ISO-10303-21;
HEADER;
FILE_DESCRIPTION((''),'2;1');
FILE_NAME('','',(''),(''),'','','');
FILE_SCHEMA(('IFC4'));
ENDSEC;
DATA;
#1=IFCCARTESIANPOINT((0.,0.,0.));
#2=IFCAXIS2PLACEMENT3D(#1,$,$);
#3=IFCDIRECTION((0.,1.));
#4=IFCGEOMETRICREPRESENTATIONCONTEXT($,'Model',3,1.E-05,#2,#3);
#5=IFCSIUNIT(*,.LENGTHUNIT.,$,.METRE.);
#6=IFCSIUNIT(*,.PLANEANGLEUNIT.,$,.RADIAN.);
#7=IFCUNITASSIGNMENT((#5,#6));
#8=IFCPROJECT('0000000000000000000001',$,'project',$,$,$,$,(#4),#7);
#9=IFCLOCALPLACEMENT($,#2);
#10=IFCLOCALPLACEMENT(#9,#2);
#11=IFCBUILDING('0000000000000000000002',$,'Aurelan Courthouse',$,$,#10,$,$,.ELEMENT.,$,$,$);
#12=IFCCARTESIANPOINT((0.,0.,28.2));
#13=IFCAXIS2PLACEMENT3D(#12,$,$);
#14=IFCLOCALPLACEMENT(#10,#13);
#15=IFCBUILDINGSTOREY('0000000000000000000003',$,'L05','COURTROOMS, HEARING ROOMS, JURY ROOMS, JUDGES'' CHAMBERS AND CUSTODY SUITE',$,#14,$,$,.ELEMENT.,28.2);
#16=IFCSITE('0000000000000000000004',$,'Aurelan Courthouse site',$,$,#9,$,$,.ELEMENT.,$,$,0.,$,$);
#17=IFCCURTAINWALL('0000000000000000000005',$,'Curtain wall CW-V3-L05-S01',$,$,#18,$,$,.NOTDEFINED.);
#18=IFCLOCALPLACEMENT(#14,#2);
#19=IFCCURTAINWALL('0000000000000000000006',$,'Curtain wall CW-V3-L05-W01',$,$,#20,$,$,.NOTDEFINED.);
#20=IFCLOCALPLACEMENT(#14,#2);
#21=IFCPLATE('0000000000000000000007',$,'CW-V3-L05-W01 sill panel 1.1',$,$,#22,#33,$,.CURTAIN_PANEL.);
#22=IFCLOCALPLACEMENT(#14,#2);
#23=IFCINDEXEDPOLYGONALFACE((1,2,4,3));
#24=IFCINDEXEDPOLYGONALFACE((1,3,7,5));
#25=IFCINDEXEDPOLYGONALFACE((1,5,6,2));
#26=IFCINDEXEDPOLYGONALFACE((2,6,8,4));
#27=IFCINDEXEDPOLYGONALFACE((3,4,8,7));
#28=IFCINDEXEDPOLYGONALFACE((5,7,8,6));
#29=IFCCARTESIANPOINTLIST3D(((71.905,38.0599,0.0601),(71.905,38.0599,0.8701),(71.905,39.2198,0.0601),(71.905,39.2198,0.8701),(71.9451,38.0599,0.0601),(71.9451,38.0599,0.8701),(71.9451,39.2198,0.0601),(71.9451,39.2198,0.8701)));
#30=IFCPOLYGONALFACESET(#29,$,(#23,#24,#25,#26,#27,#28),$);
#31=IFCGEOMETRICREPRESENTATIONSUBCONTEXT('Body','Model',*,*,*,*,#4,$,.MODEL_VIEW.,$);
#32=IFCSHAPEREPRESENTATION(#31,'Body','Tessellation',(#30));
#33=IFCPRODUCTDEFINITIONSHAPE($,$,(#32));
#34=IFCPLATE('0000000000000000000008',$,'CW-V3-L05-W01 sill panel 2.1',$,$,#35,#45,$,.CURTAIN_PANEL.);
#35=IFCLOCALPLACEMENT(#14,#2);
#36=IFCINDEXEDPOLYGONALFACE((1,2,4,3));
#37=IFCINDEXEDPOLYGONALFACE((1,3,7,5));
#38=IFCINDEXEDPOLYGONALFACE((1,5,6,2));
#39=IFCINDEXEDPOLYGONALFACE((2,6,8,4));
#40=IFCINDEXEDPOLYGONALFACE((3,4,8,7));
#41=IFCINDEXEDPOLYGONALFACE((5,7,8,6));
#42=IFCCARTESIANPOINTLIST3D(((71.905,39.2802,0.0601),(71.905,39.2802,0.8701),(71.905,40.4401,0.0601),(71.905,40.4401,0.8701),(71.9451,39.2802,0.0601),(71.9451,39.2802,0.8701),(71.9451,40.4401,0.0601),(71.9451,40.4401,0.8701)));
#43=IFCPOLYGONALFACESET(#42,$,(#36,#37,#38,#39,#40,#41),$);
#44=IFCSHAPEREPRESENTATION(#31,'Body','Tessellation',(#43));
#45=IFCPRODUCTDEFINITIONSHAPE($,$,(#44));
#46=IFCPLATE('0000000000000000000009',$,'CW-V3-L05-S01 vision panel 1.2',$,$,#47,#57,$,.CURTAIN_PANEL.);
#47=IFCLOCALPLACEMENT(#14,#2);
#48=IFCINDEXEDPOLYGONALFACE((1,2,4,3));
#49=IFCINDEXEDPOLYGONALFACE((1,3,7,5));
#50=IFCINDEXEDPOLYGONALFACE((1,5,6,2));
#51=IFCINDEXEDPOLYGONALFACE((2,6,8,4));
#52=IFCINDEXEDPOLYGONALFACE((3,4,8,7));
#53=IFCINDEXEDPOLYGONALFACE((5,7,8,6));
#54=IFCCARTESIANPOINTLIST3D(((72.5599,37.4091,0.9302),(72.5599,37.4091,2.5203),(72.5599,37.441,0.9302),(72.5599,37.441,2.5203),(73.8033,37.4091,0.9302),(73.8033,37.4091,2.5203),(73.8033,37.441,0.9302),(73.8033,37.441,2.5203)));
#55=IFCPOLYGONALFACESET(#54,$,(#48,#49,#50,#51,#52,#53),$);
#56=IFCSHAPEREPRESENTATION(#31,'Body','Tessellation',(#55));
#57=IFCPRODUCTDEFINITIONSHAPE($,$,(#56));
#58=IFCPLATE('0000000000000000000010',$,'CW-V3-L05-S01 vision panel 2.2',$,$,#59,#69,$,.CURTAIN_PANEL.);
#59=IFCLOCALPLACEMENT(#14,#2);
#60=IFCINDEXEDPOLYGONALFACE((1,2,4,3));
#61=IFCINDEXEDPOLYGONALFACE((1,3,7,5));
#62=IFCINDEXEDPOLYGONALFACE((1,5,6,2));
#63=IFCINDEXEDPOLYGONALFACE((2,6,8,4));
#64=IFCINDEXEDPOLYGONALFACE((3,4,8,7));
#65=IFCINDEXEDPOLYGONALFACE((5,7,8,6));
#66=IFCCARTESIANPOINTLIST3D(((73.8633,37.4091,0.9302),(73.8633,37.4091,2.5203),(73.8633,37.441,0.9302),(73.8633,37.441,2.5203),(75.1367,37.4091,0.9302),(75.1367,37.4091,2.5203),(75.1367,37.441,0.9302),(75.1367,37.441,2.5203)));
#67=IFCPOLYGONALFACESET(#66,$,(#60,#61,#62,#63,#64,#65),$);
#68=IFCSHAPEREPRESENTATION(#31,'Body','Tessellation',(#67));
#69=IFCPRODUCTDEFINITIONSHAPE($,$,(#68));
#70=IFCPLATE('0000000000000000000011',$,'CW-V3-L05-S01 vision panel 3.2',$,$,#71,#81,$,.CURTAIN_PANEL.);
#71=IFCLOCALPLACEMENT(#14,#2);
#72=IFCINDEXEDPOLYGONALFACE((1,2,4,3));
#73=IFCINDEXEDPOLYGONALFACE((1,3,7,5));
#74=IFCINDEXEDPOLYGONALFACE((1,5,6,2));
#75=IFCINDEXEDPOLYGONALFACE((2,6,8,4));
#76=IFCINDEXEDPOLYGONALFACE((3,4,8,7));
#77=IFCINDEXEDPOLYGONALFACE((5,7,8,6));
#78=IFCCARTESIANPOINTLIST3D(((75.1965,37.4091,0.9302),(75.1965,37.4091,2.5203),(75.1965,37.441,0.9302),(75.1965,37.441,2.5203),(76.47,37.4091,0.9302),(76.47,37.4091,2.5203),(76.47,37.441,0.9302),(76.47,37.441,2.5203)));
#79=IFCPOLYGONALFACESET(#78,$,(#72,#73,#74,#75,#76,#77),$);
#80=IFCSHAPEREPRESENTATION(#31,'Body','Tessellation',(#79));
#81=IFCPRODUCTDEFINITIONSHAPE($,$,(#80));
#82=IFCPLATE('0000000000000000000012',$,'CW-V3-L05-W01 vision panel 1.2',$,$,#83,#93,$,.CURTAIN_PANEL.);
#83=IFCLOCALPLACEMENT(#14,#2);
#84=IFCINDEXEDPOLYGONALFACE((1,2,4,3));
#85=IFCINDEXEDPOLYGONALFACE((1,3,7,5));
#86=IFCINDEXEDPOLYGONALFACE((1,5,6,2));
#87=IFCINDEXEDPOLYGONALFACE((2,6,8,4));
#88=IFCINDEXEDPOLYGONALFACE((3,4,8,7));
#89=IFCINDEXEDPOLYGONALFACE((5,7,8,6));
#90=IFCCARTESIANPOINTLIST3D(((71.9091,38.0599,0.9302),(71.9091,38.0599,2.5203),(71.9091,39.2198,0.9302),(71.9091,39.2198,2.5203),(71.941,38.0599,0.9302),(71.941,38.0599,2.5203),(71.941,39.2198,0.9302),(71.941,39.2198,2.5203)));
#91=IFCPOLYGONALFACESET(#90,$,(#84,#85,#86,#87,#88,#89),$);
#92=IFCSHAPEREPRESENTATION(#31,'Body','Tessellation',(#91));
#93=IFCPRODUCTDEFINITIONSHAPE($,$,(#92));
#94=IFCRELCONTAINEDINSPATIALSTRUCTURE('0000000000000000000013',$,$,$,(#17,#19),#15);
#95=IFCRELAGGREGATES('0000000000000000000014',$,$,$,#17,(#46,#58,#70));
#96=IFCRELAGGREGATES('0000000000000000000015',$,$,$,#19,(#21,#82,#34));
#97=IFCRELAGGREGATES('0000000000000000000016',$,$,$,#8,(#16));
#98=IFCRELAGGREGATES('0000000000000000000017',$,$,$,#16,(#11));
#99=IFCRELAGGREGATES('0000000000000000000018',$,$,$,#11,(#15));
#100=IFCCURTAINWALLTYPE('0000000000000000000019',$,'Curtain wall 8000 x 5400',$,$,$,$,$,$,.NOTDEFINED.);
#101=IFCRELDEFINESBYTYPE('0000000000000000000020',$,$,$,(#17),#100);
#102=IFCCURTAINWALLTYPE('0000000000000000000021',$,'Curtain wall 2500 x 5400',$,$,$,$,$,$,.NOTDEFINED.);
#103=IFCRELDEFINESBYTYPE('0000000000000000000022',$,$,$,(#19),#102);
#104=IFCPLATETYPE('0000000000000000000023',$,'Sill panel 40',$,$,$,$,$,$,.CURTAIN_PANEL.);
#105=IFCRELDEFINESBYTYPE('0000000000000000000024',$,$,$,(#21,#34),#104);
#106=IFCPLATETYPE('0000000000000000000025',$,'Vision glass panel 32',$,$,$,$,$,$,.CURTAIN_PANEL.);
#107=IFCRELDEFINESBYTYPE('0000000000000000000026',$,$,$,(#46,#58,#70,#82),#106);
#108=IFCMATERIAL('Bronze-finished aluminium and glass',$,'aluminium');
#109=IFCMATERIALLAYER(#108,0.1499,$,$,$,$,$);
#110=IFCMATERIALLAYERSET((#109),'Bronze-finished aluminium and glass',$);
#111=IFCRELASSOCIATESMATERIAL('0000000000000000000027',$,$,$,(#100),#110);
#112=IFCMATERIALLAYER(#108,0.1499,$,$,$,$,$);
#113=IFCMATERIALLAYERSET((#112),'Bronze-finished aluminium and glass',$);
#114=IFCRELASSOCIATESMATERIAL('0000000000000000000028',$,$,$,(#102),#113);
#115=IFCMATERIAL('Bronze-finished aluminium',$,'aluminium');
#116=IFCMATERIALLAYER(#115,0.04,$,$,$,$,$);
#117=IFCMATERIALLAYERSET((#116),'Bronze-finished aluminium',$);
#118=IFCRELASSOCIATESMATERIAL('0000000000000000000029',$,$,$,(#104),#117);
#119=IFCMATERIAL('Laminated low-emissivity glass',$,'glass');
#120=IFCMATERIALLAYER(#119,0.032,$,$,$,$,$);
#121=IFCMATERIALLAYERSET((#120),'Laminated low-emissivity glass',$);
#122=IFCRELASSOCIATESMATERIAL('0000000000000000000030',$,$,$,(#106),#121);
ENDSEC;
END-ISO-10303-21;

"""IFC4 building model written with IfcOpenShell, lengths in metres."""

from ifc_helpers import new_model, si_unit, direction, frame, origin, origin_2d, place, context, subcontext, project, spatial, rectangle, extrude, material, layer, layer_set, type_object, element, aggregate, save


model = new_model("IFC4")

# Units and contexts
model_context = context("Model", 3, precision=1e-05, world=origin(), true_north=direction((0.0, 1.0)))
body_context = subcontext(model_context, "Body", "Model", "MODEL_VIEW")
ifc_project = project(units=[si_unit("LENGTHUNIT", "METRE"), si_unit("PLANEANGLEUNIT", "RADIAN")], contexts=[model_context])

# Site, building, storey
site_placement = place(None, origin())
site = spatial("IfcSite", under=ifc_project, at=site_placement, Name="Aurelan Courthouse site", CompositionType="ELEMENT", RefElevation=0.0)
building_placement = place(site_placement, origin())
building = spatial("IfcBuilding", under=site, at=building_placement, Name="Aurelan Courthouse", CompositionType="ELEMENT")
storey_placement = place(building_placement, frame((0.0, 0.0, 28.2)))
storey = spatial("IfcBuildingStorey", under=building, at=storey_placement, Name="L05", Description="COURTROOMS, HEARING ROOMS, JURY ROOMS, JUDGES' CHAMBERS AND CUSTODY SUITE", CompositionType="ELEMENT", Elevation=28.2)

# Curtain walls
ifc_material_1 = material(Name="Bronze-finished aluminium and glass", Category="aluminium")
ifc_layer_1 = layer(ifc_material_1, 0.1499)
ifc_layer_set_1 = layer_set([ifc_layer_1], Name="Bronze-finished aluminium and glass")
curtain_wall_type_1 = type_object("IfcCurtainWallType", Name="Curtain wall 8000 x 5400", PredefinedType="NOTDEFINED", material=ifc_layer_set_1)
curtain_wall_1_placement = place(storey_placement, origin())
curtain_wall_1 = element("IfcCurtainWall", 1, at=curtain_wall_1_placement, inside=storey, type_object=curtain_wall_type_1, Name="Curtain wall CW-V3-L05-S01", PredefinedType="NOTDEFINED")
ifc_material_2 = material(Name="Bronze-finished aluminium", Category="aluminium")
ifc_layer_2 = layer(ifc_material_1, 0.1499)
ifc_layer_set_2 = layer_set([ifc_layer_2], Name="Bronze-finished aluminium and glass")
curtain_wall_type_2 = type_object("IfcCurtainWallType", Name="Curtain wall 2500 x 5400", PredefinedType="NOTDEFINED", material=ifc_layer_set_2)
curtain_wall_2_placement = place(storey_placement, origin())
curtain_wall_2 = element("IfcCurtainWall", 2, at=curtain_wall_2_placement, inside=storey, type_object=curtain_wall_type_2, Name="Curtain wall CW-V3-L05-W01", PredefinedType="NOTDEFINED")

# Plates
ifc_layer_3 = layer(ifc_material_2, 0.04)
ifc_layer_set_3 = layer_set([ifc_layer_3], Name="Bronze-finished aluminium")
plate_type_1 = type_object("IfcPlateType", Name="Sill panel 40", PredefinedType="CURTAIN_PANEL", material=ifc_layer_set_3)
plate_1_placement = place(storey_placement, frame((71.925, 38.6399, 0.0601), z_axis=(0.0, 0.0, 1.0), x_axis=(0.0, 1.0, 0.0)))
plate_1 = element("IfcPlate", 3, at=plate_1_placement, type_object=plate_type_1, Name="CW-V3-L05-W01 sill panel 1.1", PredefinedType="CURTAIN_PANEL", context=body_context, shape_type="SweptSolid", body=[
    extrude(rectangle(XDim=1.1599, YDim=0.04, at=origin_2d()), origin(), (0.0, 0.0, 1.0), 0.8101),
])
plate_2_placement = place(storey_placement, frame((71.925, 39.8601, 0.0601), z_axis=(0.0, 0.0, 1.0), x_axis=(0.0, 1.0, 0.0)))
plate_2 = element("IfcPlate", 4, at=plate_2_placement, type_object=plate_type_1, Name="CW-V3-L05-W01 sill panel 2.1", PredefinedType="CURTAIN_PANEL", context=body_context, shape_type="SweptSolid", body=[
    extrude(rectangle(XDim=1.1599, YDim=0.04, at=origin_2d()), origin(), (0.0, 0.0, 1.0), 0.8101),
])
ifc_material_3 = material(Name="Laminated low-emissivity glass", Category="glass")
ifc_layer_4 = layer(ifc_material_3, 0.032)
ifc_layer_set_4 = layer_set([ifc_layer_4], Name="Laminated low-emissivity glass")
plate_type_2 = type_object("IfcPlateType", Name="Vision glass panel 32", PredefinedType="CURTAIN_PANEL", material=ifc_layer_set_4)
plate_3_placement = place(storey_placement, frame((73.1816, 37.425, 0.9302), z_axis=(0.0, 0.0, 1.0), x_axis=(1.0, 0.0, 0.0)))
plate_3 = element("IfcPlate", 5, at=plate_3_placement, type_object=plate_type_2, Name="CW-V3-L05-S01 vision panel 1.2", PredefinedType="CURTAIN_PANEL", context=body_context, shape_type="SweptSolid", body=[
    extrude(rectangle(XDim=1.2434, YDim=0.032, at=origin_2d()), origin(), (0.0, 0.0, 1.0), 1.5901),
])
plate_4_placement = place(storey_placement, frame((74.5, 37.425, 0.9302), z_axis=(0.0, 0.0, 1.0), x_axis=(1.0, 0.0, 0.0)))
plate_4 = element("IfcPlate", 6, at=plate_4_placement, type_object=plate_type_2, Name="CW-V3-L05-S01 vision panel 2.2", PredefinedType="CURTAIN_PANEL", context=body_context, shape_type="SweptSolid", body=[
    extrude(rectangle(XDim=1.2734, YDim=0.032, at=origin_2d()), origin(), (0.0, 0.0, 1.0), 1.5901),
])
plate_5_placement = place(storey_placement, frame((75.8333, 37.425, 0.9302), z_axis=(0.0, 0.0, 1.0), x_axis=(1.0, 0.0, 0.0)))
plate_5 = element("IfcPlate", 7, at=plate_5_placement, type_object=plate_type_2, Name="CW-V3-L05-S01 vision panel 3.2", PredefinedType="CURTAIN_PANEL", context=body_context, shape_type="SweptSolid", body=[
    extrude(rectangle(XDim=1.2734, YDim=0.032, at=origin_2d()), origin(), (0.0, 0.0, 1.0), 1.5901),
])
aggregate(curtain_wall_1, [plate_3, plate_4, plate_5])
plate_6_placement = place(storey_placement, frame((71.925, 38.6399, 0.9302), z_axis=(0.0, 0.0, 1.0), x_axis=(0.0, 1.0, 0.0)))
plate_6 = element("IfcPlate", 8, at=plate_6_placement, type_object=plate_type_2, Name="CW-V3-L05-W01 vision panel 1.2", PredefinedType="CURTAIN_PANEL", context=body_context, shape_type="SweptSolid", body=[
    extrude(rectangle(XDim=1.1599, YDim=0.032, at=origin_2d()), origin(), (0.0, 0.0, 1.0), 1.5901),
])
aggregate(curtain_wall_2, [plate_1, plate_6, plate_2])

save(model, "model.ifc")
